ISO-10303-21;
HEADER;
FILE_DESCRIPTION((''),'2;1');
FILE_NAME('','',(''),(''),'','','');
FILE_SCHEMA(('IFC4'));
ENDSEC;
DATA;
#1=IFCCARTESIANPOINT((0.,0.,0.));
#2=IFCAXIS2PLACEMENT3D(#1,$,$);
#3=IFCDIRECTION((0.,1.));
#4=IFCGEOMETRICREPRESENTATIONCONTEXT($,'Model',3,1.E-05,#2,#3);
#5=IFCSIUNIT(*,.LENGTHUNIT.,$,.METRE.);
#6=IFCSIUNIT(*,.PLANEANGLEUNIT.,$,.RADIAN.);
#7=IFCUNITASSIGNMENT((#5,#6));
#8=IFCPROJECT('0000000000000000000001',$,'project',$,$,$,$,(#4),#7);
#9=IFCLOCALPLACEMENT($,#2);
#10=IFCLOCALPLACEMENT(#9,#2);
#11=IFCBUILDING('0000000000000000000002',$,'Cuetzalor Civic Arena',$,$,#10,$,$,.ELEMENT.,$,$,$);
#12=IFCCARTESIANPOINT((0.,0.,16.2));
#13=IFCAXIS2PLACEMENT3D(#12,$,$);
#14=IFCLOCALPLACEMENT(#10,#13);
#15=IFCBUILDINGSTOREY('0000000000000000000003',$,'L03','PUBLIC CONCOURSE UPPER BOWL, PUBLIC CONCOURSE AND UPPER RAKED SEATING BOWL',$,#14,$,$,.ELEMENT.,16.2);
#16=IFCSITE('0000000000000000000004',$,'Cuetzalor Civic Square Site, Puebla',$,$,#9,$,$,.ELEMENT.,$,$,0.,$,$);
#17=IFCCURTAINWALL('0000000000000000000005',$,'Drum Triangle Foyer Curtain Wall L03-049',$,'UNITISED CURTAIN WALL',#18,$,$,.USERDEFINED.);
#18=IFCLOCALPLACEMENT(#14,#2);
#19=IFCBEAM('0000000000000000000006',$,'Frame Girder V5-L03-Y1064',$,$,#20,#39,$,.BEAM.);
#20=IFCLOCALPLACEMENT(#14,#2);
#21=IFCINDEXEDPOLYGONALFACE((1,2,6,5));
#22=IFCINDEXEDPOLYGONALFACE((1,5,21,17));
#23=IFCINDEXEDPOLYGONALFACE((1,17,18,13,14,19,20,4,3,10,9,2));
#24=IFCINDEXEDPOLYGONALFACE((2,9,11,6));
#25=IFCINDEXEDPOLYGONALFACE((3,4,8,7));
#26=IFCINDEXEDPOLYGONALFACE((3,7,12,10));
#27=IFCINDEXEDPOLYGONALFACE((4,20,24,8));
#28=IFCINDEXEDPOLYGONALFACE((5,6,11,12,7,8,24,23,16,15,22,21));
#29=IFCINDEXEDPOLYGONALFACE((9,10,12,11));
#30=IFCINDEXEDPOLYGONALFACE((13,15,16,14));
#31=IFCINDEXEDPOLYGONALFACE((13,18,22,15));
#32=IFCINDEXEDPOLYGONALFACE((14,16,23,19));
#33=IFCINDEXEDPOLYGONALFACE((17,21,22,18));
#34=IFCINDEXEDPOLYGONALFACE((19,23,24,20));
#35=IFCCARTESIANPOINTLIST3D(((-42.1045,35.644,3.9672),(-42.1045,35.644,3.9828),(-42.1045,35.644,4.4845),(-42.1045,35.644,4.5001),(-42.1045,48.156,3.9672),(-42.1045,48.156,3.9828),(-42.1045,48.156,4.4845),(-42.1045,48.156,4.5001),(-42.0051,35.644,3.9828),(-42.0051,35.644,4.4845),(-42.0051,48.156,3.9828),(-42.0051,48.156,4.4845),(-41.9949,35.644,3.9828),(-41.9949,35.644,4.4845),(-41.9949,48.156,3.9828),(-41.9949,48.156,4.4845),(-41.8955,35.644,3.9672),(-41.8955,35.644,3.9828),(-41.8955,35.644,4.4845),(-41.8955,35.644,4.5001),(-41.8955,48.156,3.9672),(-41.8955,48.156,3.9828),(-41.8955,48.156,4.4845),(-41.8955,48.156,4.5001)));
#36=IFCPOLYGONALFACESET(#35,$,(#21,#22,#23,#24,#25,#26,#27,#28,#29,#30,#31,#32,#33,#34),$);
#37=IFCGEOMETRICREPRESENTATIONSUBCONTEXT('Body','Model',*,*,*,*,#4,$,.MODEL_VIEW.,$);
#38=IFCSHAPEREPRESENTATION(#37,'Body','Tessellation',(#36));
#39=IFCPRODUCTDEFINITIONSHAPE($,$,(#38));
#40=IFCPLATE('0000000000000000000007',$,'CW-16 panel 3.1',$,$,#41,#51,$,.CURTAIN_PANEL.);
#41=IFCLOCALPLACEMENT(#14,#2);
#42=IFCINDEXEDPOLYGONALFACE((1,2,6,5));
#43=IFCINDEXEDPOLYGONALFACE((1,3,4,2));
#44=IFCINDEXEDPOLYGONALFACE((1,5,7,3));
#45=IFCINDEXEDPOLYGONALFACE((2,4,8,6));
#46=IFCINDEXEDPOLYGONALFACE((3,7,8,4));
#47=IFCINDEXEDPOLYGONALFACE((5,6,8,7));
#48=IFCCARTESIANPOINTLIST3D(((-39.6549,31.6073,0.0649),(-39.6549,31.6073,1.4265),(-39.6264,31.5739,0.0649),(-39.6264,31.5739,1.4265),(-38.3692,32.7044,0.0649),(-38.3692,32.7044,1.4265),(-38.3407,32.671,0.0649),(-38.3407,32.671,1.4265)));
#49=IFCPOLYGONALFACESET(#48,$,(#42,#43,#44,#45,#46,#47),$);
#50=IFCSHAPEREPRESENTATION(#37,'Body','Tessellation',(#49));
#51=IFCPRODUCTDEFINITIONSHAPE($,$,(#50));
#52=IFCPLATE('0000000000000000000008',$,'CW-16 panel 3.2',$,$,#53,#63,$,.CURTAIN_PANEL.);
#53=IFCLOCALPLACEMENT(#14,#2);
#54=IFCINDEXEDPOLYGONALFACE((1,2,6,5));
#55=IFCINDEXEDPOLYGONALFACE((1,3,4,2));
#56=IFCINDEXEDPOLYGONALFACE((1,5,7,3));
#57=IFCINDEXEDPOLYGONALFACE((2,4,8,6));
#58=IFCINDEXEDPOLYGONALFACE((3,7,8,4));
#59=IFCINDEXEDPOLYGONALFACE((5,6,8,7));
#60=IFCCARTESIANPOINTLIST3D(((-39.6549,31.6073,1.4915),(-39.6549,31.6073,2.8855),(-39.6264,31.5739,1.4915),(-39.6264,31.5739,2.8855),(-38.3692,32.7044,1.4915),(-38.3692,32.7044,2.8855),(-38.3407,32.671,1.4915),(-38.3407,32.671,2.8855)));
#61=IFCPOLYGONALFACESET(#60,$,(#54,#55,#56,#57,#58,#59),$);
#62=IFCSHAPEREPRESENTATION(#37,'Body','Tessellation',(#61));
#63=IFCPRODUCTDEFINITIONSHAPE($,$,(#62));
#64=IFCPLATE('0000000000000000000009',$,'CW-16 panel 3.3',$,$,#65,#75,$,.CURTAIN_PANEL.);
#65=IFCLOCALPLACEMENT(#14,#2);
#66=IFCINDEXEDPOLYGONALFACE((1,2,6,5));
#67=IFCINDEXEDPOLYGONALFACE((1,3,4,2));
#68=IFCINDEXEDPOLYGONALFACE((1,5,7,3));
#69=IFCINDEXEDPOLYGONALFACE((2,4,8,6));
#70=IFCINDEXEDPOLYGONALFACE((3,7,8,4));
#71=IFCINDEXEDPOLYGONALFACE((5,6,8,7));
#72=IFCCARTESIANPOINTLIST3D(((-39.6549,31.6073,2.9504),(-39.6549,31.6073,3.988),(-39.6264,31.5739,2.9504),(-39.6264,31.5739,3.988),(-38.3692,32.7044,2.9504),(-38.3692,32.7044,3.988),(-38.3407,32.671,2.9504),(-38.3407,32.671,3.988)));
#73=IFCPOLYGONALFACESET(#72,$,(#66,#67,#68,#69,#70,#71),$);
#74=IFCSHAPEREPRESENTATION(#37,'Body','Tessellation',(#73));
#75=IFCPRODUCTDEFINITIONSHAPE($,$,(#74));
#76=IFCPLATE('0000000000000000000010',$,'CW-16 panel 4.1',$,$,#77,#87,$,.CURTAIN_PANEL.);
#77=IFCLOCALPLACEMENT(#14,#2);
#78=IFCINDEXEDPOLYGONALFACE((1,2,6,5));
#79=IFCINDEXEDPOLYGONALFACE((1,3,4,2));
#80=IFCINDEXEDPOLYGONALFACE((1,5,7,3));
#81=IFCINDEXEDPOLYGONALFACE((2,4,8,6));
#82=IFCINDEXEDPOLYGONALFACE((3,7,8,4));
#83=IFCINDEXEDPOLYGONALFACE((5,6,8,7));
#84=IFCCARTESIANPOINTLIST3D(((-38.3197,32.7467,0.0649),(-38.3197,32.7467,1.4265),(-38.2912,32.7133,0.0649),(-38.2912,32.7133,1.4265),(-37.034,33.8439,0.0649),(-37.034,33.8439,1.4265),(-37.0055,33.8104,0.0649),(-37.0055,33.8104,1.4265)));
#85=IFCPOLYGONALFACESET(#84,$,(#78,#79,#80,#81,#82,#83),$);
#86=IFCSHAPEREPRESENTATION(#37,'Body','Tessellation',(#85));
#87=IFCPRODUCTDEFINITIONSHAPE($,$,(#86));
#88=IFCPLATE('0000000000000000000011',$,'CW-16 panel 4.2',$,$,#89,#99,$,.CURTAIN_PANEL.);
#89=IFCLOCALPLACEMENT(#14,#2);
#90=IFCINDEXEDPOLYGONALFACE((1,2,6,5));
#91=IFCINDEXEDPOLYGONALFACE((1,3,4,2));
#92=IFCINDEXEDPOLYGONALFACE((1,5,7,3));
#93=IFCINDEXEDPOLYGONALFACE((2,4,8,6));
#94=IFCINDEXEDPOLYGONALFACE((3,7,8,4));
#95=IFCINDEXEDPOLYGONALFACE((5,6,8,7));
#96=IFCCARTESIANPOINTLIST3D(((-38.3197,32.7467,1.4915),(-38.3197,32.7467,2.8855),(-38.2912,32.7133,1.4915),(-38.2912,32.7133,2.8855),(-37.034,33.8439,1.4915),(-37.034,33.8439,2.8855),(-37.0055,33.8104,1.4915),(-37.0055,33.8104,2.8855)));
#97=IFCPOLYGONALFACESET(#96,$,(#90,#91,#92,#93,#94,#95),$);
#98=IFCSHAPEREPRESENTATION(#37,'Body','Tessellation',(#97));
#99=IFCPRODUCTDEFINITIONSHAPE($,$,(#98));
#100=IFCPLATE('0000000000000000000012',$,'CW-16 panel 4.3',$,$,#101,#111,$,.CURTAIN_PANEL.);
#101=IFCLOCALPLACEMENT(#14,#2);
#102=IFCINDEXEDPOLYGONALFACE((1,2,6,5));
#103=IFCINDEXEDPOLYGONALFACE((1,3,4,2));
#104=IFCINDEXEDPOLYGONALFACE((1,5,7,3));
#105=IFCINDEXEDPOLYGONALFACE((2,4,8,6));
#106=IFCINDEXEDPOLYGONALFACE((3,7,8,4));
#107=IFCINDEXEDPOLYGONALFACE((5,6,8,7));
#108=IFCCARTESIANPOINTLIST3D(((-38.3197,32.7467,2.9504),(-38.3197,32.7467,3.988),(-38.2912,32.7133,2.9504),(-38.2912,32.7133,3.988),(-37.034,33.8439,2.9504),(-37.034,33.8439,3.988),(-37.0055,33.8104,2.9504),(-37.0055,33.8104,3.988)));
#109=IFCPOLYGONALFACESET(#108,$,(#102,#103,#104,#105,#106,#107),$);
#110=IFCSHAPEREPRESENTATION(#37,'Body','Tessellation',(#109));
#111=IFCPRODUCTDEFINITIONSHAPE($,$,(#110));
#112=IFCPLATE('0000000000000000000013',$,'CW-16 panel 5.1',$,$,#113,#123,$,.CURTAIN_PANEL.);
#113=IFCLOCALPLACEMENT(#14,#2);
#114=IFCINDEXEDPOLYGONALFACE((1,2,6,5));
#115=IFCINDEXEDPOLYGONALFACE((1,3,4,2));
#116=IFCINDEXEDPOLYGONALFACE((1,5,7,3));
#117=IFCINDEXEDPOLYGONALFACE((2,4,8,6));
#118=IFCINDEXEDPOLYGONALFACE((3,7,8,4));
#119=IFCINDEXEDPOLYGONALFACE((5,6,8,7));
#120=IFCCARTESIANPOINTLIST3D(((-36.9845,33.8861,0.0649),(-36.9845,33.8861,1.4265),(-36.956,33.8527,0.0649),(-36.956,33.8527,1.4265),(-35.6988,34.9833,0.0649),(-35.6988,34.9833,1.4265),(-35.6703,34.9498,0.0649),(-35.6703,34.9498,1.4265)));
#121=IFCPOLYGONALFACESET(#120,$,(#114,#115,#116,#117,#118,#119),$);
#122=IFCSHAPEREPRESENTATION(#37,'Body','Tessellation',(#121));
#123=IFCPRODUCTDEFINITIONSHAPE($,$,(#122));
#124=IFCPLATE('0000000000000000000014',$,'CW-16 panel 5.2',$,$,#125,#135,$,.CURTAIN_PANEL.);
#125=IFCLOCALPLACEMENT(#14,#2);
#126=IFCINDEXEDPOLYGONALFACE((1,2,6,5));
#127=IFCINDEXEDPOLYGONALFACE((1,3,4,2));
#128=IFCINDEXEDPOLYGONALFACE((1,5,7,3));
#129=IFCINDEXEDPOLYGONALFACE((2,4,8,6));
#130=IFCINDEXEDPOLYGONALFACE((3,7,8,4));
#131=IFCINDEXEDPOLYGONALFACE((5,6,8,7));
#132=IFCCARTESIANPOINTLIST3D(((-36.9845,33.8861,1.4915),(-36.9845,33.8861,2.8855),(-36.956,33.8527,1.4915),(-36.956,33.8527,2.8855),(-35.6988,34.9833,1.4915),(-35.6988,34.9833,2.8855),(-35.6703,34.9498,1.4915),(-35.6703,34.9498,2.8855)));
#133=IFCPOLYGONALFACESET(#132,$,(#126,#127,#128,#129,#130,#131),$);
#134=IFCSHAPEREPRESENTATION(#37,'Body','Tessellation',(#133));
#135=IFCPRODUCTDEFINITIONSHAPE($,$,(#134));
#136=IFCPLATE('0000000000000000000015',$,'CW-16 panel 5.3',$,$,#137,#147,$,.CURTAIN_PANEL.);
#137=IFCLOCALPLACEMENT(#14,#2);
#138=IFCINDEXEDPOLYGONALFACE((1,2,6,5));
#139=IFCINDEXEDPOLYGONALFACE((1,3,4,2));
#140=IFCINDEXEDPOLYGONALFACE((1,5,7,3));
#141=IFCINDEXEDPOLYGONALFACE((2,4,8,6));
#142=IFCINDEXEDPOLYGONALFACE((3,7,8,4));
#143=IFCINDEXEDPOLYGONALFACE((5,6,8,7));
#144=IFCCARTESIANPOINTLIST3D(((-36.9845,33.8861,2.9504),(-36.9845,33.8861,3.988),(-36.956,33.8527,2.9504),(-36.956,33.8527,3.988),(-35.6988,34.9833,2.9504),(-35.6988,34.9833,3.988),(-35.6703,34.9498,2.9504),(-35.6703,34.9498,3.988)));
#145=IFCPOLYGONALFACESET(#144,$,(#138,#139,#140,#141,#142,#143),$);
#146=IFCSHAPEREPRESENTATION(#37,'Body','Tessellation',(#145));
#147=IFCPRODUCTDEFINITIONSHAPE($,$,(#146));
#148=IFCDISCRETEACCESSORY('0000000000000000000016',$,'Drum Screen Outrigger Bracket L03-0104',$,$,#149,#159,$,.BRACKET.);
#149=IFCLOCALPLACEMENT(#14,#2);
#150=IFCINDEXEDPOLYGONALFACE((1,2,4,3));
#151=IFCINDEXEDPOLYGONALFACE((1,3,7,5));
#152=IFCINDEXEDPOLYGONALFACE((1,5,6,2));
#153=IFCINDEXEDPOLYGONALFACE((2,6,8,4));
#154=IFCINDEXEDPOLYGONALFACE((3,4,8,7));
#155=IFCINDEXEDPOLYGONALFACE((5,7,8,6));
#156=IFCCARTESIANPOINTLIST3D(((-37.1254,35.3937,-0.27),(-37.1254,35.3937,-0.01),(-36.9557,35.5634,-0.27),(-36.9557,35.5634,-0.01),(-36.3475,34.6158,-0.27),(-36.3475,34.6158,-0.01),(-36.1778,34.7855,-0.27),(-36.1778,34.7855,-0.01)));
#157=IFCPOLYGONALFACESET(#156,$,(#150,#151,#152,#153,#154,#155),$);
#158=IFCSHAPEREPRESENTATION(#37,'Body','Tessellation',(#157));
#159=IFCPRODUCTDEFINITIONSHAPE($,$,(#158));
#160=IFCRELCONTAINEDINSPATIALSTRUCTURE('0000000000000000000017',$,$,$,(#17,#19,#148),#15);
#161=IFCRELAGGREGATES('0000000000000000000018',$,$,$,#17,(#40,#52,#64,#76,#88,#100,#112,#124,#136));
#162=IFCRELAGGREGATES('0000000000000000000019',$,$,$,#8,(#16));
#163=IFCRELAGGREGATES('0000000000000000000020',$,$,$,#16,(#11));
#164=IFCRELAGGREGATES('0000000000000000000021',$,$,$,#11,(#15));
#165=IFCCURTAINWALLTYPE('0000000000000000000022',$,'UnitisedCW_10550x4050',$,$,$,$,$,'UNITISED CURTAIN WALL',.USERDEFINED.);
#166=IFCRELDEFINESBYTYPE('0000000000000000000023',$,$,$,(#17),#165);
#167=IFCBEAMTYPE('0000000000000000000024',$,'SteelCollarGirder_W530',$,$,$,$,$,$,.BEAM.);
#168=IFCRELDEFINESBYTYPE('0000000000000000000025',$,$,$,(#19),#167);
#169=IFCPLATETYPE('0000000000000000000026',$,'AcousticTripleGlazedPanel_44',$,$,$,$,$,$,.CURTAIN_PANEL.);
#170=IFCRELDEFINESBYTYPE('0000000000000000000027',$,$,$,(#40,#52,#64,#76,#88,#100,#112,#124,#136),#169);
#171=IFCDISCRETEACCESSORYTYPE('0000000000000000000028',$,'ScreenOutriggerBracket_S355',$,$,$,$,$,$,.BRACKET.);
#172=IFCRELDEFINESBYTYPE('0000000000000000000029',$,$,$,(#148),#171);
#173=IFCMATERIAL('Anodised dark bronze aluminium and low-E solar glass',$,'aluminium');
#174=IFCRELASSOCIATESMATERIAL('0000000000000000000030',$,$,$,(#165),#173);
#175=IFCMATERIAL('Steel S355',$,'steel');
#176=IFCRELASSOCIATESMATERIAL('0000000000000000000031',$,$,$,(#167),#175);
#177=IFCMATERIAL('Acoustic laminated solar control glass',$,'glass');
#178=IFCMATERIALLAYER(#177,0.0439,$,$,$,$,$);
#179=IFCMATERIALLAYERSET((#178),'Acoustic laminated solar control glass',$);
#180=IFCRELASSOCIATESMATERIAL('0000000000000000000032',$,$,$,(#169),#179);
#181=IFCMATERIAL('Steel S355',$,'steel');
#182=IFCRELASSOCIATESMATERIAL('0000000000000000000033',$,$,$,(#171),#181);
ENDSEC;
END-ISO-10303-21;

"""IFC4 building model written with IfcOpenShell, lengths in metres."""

from ifc_helpers import new_model, si_unit, direction, frame, origin, origin_2d, place, context, subcontext, project, spatial, rectangle, i_section, extrude, material, layer, layer_set, material_profile, profile_set, type_object, element, aggregate, save


model = new_model("IFC4")

# Units and contexts
model_context = context("Model", 3, precision=1e-05, world=origin(), true_north=direction((0.0, 1.0)))
body_context = subcontext(model_context, "Body", "Model", "MODEL_VIEW")
ifc_project = project(units=[si_unit("LENGTHUNIT", "METRE"), si_unit("PLANEANGLEUNIT", "RADIAN")], contexts=[model_context])

# Site, building, storey
site_placement = place(None, origin())
site = spatial("IfcSite", under=ifc_project, at=site_placement, Name="Cuetzalor Civic Square Site, Puebla", CompositionType="ELEMENT", RefElevation=0.0)
building_placement = place(site_placement, origin())
building = spatial("IfcBuilding", under=site, at=building_placement, Name="Cuetzalor Civic Arena", CompositionType="ELEMENT")
storey_placement = place(building_placement, frame((0.0, 0.0, 16.2)))
storey = spatial("IfcBuildingStorey", under=building, at=storey_placement, Name="L03", Description="PUBLIC CONCOURSE UPPER BOWL, PUBLIC CONCOURSE AND UPPER RAKED SEATING BOWL", CompositionType="ELEMENT", Elevation=16.2)

# Curtain wall
ifc_material_1 = material(Name="Anodised dark bronze aluminium and low-E solar glass", Category="aluminium")
curtain_wall_type = type_object("IfcCurtainWallType", Name="UnitisedCW_10550x4050", ElementType="UNITISED CURTAIN WALL", PredefinedType="USERDEFINED", material=ifc_material_1)
curtain_wall_placement = place(storey_placement, origin())
curtain_wall = element("IfcCurtainWall", 1, at=curtain_wall_placement, inside=storey, type_object=curtain_wall_type, Name="Drum Triangle Foyer Curtain Wall L03-049", ObjectType="UNITISED CURTAIN WALL", PredefinedType="USERDEFINED")

# Beam
ifc_material_2 = material(Name="Steel S355", Category="steel")
ifc_material_profile_1 = material_profile(ifc_material_2, i_section(OverallWidth=0.209, OverallDepth=0.533, WebThickness=0.0103, FlangeThickness=0.0156, at=origin_2d()), Name="W530x92")
ifc_profile_set_1 = profile_set([ifc_material_profile_1], Name="Steel S355")
beam_type = type_object("IfcBeamType", Name="SteelCollarGirder_W530", PredefinedType="BEAM", material=ifc_profile_set_1)
beam_placement = place(storey_placement, frame((-42.0, 35.644, 4.2336), z_axis=(0.0, 1.0, 0.0), x_axis=(-1.0, 0.0, 0.0)))
element("IfcBeam", 2, at=beam_placement, inside=storey, type_object=beam_type, Name="Frame Girder V5-L03-Y1064", PredefinedType="BEAM", context=body_context, shape_type="SweptSolid", body=[
    extrude(i_section(OverallWidth=0.209, OverallDepth=0.533, WebThickness=0.0103, FlangeThickness=0.0156, at=origin_2d()), origin(), (0.0, 0.0, 1.0), 12.512),
])

# Plates
ifc_material_3 = material(Name="Acoustic laminated solar control glass", Category="glass")
ifc_layer = layer(ifc_material_3, 0.0439)
ifc_layer_set = layer_set([ifc_layer], Name="Acoustic laminated solar control glass")
plate_type = type_object("IfcPlateType", Name="AcousticTripleGlazedPanel_44", PredefinedType="CURTAIN_PANEL", material=ifc_layer_set)
plate_1_placement = place(storey_placement, frame((-38.9978, 32.1392, 0.0649), z_axis=(0.0, 0.0, 1.0), x_axis=(0.760677, 0.64913, 0.0)))
plate_1 = element("IfcPlate", 3, at=plate_1_placement, type_object=plate_type, Name="CW-16 panel 3.1", PredefinedType="CURTAIN_PANEL", context=body_context, shape_type="SweptSolid", body=[
    extrude(rectangle(XDim=1.6902, YDim=0.0439, at=origin_2d()), origin(), (0.0, 0.0, 1.0), 1.3616),
])
plate_2_placement = place(storey_placement, frame((-38.9978, 32.1392, 1.4915), z_axis=(0.0, 0.0, 1.0), x_axis=(0.760677, 0.64913, 0.0)))
plate_2 = element("IfcPlate", 4, at=plate_2_placement, type_object=plate_type, Name="CW-16 panel 3.2", PredefinedType="CURTAIN_PANEL", context=body_context, shape_type="SweptSolid", body=[
    extrude(rectangle(XDim=1.6902, YDim=0.0439, at=origin_2d()), origin(), (0.0, 0.0, 1.0), 1.394),
])
plate_3_placement = place(storey_placement, frame((-38.9978, 32.1392, 2.9504), z_axis=(0.0, 0.0, 1.0), x_axis=(0.760677, 0.64913, 0.0)))
plate_3 = element("IfcPlate", 5, at=plate_3_placement, type_object=plate_type, Name="CW-16 panel 3.3", PredefinedType="CURTAIN_PANEL", context=body_context, shape_type="SweptSolid", body=[
    extrude(rectangle(XDim=1.6902, YDim=0.0439, at=origin_2d()), origin(), (0.0, 0.0, 1.0), 1.0376),
])
plate_4_placement = place(storey_placement, frame((-37.6626, 33.2786, 0.0649), z_axis=(0.0, 0.0, 1.0), x_axis=(0.760677, 0.64913, 0.0)))
plate_4 = element("IfcPlate", 6, at=plate_4_placement, type_object=plate_type, Name="CW-16 panel 4.1", PredefinedType="CURTAIN_PANEL", context=body_context, shape_type="SweptSolid", body=[
    extrude(rectangle(XDim=1.6902, YDim=0.0439, at=origin_2d()), origin(), (0.0, 0.0, 1.0), 1.3616),
])
plate_5_placement = place(storey_placement, frame((-37.6626, 33.2786, 1.4915), z_axis=(0.0, 0.0, 1.0), x_axis=(0.760677, 0.64913, 0.0)))
plate_5 = element("IfcPlate", 7, at=plate_5_placement, type_object=plate_type, Name="CW-16 panel 4.2", PredefinedType="CURTAIN_PANEL", context=body_context, shape_type="SweptSolid", body=[
    extrude(rectangle(XDim=1.6902, YDim=0.0439, at=origin_2d()), origin(), (0.0, 0.0, 1.0), 1.394),
])
plate_6_placement = place(storey_placement, frame((-37.6626, 33.2786, 2.9504), z_axis=(0.0, 0.0, 1.0), x_axis=(0.760677, 0.64913, 0.0)))
plate_6 = element("IfcPlate", 8, at=plate_6_placement, type_object=plate_type, Name="CW-16 panel 4.3", PredefinedType="CURTAIN_PANEL", context=body_context, shape_type="SweptSolid", body=[
    extrude(rectangle(XDim=1.6902, YDim=0.0439, at=origin_2d()), origin(), (0.0, 0.0, 1.0), 1.0376),
])
plate_7_placement = place(storey_placement, frame((-36.3274, 34.418, 0.0649), z_axis=(0.0, 0.0, 1.0), x_axis=(0.760677, 0.64913, 0.0)))
plate_7 = element("IfcPlate", 9, at=plate_7_placement, type_object=plate_type, Name="CW-16 panel 5.1", PredefinedType="CURTAIN_PANEL", context=body_context, shape_type="SweptSolid", body=[
    extrude(rectangle(XDim=1.6902, YDim=0.0439, at=origin_2d()), origin(), (0.0, 0.0, 1.0), 1.3616),
])
plate_8_placement = place(storey_placement, frame((-36.3274, 34.418, 1.4915), z_axis=(0.0, 0.0, 1.0), x_axis=(0.760677, 0.64913, 0.0)))
plate_8 = element("IfcPlate", 10, at=plate_8_placement, type_object=plate_type, Name="CW-16 panel 5.2", PredefinedType="CURTAIN_PANEL", context=body_context, shape_type="SweptSolid", body=[
    extrude(rectangle(XDim=1.6902, YDim=0.0439, at=origin_2d()), origin(), (0.0, 0.0, 1.0), 1.394),
])
plate_9_placement = place(storey_placement, frame((-36.3274, 34.418, 2.9504), z_axis=(0.0, 0.0, 1.0), x_axis=(0.760677, 0.64913, 0.0)))
plate_9 = element("IfcPlate", 11, at=plate_9_placement, type_object=plate_type, Name="CW-16 panel 5.3", PredefinedType="CURTAIN_PANEL", context=body_context, shape_type="SweptSolid", body=[
    extrude(rectangle(XDim=1.6902, YDim=0.0439, at=origin_2d()), origin(), (0.0, 0.0, 1.0), 1.0376),
])
aggregate(curtain_wall, [plate_1, plate_2, plate_3, plate_4, plate_5, plate_6, plate_7, plate_8, plate_9])

# Discrete accessory
ifc_material_4 = material(Name="Steel S355", Category="steel")
discrete_accessory_type = type_object("IfcDiscreteAccessoryType", Name="ScreenOutriggerBracket_S355", PredefinedType="BRACKET", material=ifc_material_4)
discrete_accessory_placement = place(storey_placement, frame((-36.6516, 35.0896, -0.27), z_axis=(0.0, 0.0, 1.0), x_axis=(-0.707107, 0.707107, 0.0)))
element("IfcDiscreteAccessory", 12, at=discrete_accessory_placement, inside=storey, type_object=discrete_accessory_type, Name="Drum Screen Outrigger Bracket L03-0104", PredefinedType="BRACKET", context=body_context, shape_type="SweptSolid", body=[
    extrude(rectangle(XDim=1.1001, YDim=0.24, at=origin_2d()), origin(), (0.0, 0.0, 1.0), 0.26),
])

save(model, "model.ifc")
